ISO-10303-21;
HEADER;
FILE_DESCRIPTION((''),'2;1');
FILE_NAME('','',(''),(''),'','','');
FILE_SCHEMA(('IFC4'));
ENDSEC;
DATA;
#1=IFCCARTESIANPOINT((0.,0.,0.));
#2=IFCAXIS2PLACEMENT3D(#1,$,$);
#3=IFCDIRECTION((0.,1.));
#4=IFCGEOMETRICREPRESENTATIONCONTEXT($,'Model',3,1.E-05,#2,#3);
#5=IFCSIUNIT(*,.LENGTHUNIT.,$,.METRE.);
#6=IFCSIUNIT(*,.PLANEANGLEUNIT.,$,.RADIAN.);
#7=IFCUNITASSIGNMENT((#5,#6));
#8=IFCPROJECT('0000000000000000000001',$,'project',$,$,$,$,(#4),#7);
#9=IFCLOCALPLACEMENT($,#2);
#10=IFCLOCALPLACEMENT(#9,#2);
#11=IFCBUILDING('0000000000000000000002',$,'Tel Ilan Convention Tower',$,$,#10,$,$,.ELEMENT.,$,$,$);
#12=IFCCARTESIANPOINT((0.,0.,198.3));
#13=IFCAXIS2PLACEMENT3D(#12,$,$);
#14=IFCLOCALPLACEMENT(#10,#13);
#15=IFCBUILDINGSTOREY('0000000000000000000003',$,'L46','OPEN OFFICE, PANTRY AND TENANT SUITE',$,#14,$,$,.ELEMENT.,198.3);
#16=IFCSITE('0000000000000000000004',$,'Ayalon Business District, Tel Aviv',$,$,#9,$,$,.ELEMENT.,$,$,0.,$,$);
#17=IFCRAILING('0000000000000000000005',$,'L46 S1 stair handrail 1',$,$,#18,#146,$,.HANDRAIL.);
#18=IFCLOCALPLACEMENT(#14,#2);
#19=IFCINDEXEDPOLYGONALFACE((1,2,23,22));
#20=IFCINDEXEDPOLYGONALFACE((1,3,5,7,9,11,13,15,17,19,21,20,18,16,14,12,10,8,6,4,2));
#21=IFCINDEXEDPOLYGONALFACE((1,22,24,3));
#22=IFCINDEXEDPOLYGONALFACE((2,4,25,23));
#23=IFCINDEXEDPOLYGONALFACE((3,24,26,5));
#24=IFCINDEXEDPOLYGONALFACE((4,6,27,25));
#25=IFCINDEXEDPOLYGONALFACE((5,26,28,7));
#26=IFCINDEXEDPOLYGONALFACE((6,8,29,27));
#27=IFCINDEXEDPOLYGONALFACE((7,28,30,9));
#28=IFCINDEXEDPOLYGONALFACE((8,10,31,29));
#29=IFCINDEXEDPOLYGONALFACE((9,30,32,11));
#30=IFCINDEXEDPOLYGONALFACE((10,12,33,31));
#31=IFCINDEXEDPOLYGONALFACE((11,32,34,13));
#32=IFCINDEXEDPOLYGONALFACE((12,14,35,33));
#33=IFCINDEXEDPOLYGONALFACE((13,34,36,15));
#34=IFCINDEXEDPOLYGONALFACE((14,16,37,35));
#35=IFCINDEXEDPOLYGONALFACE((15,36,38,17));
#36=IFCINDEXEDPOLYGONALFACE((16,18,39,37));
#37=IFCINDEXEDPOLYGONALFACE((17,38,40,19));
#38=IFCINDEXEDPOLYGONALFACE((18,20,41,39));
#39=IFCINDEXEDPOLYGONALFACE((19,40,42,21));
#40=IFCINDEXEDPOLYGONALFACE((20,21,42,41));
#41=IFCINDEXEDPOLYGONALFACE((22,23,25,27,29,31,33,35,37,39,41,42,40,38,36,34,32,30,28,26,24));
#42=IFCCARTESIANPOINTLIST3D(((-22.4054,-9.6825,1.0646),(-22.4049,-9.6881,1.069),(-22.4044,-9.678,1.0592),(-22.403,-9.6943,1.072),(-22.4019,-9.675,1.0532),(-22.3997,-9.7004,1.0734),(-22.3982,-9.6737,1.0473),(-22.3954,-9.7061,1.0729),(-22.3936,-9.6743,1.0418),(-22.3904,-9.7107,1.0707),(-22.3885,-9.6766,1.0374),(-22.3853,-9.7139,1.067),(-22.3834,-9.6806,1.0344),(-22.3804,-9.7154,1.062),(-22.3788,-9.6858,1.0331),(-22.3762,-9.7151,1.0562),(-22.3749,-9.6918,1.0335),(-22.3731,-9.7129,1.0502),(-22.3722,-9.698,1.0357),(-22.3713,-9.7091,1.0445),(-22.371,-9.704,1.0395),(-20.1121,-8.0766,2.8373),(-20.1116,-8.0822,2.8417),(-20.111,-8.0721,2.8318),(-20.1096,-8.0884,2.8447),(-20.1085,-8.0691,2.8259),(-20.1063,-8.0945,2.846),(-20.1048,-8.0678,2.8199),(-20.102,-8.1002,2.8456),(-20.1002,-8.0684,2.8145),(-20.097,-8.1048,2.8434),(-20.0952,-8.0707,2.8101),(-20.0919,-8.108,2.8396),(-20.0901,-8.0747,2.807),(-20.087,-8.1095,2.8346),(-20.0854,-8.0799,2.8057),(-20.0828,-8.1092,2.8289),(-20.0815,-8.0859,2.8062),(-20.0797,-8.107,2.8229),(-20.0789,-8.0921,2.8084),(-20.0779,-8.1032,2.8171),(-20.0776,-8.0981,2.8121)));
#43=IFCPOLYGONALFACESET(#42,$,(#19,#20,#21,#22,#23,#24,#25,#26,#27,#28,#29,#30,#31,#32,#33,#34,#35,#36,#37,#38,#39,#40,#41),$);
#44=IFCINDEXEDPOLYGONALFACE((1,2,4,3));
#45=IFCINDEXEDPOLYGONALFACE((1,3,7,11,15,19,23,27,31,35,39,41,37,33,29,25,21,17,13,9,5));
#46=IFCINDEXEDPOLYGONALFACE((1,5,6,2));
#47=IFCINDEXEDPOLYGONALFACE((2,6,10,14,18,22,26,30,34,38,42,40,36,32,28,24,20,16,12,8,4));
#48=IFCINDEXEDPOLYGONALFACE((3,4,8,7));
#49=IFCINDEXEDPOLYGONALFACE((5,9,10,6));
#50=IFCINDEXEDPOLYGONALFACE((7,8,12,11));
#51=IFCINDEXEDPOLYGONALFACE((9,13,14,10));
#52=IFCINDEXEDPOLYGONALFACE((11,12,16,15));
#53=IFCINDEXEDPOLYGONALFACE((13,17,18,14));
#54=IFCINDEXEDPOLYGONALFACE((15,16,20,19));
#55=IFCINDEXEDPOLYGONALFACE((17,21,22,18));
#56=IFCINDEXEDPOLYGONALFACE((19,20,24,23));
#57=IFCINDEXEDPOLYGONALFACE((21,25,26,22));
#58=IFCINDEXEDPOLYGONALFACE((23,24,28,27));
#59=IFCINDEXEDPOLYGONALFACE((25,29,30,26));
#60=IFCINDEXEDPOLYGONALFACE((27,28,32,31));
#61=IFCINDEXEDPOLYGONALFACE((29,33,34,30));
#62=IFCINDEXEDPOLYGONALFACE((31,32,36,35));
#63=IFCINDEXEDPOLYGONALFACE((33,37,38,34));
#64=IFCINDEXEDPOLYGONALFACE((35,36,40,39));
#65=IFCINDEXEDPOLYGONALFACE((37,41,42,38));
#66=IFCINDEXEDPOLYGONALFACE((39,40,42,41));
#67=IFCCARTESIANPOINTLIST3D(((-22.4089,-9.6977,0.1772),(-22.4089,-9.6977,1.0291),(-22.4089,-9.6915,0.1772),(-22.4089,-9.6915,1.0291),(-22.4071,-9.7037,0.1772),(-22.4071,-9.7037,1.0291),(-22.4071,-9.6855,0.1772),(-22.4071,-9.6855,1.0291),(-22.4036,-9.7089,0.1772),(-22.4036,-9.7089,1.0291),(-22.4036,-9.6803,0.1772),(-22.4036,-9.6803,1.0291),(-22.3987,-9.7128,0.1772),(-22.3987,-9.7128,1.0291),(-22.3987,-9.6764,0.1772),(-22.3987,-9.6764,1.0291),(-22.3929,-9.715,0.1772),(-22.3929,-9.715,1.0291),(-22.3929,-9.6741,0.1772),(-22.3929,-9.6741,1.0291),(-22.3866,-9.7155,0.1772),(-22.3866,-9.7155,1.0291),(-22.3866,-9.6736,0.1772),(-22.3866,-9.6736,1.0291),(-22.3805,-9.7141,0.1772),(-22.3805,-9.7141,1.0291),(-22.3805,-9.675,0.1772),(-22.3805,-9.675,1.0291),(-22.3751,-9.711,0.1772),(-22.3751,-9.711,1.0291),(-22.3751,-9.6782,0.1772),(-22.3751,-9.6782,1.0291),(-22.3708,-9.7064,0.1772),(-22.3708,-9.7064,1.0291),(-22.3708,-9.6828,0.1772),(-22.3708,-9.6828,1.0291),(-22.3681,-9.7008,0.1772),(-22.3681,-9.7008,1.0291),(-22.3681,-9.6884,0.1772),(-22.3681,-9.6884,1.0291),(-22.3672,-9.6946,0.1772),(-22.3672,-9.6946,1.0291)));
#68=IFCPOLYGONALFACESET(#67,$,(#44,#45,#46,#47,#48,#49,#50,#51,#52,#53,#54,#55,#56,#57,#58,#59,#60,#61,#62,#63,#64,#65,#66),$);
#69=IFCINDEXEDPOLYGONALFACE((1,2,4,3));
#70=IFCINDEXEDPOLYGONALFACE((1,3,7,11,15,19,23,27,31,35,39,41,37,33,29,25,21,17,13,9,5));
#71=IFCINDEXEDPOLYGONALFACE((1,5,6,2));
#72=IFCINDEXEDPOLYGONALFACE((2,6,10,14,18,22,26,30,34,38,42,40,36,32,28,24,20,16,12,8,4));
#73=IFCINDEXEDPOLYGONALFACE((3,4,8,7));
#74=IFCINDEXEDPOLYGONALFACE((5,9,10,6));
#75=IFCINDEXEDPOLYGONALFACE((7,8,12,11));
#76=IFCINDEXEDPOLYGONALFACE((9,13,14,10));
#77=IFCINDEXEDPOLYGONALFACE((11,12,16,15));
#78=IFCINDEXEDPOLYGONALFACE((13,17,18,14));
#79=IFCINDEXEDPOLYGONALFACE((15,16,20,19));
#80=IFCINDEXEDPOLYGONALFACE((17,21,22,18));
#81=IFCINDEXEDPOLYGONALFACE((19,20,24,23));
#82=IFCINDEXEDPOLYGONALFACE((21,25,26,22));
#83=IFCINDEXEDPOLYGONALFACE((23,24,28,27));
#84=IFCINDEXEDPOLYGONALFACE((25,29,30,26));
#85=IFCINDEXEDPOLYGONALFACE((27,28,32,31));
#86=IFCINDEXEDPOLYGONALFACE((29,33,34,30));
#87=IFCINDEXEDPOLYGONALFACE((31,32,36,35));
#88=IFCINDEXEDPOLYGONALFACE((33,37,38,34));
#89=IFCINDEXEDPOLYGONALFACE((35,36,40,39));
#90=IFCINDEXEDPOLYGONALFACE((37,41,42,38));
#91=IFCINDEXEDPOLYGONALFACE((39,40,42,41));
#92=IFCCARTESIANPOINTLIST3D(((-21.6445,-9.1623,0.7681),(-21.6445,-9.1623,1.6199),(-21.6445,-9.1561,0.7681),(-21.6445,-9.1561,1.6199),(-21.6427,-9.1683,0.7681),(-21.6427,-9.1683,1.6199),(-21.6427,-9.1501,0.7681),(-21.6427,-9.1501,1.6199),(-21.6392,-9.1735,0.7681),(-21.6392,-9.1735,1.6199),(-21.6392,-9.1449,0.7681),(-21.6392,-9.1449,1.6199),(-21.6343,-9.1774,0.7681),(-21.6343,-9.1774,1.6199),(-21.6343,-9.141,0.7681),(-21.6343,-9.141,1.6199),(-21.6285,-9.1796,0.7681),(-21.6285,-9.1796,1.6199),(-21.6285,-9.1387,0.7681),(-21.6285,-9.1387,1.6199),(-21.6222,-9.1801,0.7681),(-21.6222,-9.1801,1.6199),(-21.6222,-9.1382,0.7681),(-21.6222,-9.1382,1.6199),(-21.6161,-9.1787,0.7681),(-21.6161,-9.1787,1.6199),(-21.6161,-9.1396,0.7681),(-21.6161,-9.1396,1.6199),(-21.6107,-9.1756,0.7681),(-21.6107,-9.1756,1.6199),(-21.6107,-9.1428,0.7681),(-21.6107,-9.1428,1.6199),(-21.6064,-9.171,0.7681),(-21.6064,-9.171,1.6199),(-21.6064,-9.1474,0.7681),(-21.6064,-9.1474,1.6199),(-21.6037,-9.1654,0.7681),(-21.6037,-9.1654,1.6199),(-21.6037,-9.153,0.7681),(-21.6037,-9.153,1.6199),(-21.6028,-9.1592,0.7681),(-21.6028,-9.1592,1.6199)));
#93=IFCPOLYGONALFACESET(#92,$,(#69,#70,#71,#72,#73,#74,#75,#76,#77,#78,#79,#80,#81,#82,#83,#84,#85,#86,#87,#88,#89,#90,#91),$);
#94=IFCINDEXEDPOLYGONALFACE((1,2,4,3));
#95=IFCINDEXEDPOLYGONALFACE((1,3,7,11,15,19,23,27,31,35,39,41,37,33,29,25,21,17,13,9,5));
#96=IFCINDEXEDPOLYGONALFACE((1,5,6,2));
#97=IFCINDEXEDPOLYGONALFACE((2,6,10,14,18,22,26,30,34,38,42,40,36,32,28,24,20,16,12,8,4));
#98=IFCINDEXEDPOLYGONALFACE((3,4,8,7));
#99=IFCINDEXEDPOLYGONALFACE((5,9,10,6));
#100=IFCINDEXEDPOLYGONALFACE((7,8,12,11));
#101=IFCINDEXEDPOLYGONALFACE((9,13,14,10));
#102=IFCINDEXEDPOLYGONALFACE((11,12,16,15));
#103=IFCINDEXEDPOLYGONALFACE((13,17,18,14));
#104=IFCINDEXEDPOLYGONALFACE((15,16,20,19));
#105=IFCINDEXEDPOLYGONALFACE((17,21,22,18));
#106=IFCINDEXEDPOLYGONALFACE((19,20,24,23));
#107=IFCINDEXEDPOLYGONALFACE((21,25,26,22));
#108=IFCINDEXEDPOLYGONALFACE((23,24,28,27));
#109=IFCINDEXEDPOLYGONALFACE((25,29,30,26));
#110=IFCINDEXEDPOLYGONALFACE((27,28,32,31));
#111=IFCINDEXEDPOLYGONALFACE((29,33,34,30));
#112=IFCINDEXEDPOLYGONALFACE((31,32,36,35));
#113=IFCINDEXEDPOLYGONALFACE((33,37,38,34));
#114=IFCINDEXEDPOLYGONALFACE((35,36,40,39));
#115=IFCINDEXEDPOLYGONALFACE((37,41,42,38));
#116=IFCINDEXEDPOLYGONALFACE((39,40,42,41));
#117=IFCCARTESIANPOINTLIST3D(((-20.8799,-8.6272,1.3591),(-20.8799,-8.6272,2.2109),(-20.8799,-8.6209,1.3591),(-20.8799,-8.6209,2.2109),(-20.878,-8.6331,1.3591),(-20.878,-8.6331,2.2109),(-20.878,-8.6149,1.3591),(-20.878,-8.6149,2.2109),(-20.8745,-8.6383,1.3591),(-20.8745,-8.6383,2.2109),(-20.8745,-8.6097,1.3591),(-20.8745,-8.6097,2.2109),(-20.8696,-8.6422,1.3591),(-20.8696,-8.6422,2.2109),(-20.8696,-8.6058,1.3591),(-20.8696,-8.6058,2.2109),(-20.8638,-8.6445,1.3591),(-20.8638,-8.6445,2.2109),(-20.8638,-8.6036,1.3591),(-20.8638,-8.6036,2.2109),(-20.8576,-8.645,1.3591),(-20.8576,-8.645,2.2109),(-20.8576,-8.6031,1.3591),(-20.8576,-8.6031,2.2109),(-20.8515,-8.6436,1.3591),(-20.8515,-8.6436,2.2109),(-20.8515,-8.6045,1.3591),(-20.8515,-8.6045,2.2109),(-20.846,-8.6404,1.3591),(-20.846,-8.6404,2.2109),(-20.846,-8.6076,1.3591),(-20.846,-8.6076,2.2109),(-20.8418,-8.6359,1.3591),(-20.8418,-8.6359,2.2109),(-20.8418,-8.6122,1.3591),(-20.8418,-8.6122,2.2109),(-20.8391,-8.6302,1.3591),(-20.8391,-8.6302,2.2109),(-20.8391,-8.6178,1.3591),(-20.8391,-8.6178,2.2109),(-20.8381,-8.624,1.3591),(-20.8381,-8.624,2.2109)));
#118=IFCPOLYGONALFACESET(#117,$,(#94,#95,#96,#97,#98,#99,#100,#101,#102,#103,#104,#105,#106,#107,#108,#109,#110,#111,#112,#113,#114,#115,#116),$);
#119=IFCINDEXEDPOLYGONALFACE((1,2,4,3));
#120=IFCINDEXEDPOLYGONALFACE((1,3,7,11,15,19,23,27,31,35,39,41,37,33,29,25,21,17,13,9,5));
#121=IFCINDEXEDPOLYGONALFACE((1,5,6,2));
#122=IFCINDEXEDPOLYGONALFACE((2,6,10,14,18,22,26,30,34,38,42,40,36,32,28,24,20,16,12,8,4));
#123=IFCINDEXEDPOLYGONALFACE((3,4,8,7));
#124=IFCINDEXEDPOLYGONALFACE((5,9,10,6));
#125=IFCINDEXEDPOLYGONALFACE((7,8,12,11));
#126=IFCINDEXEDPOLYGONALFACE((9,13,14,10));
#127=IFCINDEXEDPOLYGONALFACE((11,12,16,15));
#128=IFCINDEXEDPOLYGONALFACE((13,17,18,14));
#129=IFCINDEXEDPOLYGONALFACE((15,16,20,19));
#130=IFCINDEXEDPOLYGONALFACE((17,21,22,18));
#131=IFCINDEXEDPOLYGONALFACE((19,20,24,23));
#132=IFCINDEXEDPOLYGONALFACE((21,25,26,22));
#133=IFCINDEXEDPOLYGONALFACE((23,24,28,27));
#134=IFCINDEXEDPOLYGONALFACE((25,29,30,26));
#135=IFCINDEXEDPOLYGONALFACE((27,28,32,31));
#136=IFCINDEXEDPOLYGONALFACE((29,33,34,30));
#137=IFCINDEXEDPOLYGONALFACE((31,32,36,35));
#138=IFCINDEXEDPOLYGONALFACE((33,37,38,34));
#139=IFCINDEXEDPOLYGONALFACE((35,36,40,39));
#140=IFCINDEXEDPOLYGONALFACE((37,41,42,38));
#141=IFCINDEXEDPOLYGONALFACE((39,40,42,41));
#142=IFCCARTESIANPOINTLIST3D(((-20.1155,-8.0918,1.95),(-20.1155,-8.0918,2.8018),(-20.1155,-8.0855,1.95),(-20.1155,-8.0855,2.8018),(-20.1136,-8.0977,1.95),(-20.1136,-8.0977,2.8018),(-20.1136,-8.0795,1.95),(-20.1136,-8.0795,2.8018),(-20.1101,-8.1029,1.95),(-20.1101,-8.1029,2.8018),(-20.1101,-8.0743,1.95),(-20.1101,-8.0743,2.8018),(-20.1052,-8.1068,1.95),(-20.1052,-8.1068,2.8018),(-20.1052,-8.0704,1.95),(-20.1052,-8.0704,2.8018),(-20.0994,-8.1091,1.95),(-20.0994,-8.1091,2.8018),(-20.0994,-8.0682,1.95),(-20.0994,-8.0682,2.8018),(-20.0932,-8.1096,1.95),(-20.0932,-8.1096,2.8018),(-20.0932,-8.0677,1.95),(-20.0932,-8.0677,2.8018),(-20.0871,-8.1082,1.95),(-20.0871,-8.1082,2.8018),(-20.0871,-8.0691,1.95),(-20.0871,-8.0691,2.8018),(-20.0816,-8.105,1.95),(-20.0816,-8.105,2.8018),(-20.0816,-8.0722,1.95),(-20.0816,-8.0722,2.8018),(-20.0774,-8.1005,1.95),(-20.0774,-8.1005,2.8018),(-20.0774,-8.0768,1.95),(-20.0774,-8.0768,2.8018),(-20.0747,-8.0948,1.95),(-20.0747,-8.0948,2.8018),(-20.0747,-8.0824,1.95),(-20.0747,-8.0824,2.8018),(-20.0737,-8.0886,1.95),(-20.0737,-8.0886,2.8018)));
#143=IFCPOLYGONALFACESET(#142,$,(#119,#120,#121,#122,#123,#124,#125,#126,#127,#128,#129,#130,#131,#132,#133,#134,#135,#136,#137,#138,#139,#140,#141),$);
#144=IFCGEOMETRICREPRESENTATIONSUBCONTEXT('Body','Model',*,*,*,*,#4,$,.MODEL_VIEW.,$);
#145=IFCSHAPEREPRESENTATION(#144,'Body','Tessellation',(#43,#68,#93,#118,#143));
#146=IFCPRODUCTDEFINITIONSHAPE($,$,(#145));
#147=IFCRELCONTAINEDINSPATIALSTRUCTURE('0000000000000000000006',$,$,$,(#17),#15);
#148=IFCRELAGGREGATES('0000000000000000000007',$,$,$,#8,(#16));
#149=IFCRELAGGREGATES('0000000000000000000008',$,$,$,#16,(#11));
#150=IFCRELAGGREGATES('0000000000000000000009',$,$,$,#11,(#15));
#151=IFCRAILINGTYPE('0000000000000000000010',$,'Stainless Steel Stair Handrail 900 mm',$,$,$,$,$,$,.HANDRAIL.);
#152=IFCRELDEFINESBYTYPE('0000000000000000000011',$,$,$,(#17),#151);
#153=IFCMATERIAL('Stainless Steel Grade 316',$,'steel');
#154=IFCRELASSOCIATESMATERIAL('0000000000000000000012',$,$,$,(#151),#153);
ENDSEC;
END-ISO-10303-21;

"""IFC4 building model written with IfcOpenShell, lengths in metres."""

from ifc_helpers import new_model, si_unit, direction, frame, origin, origin_2d, place, context, subcontext, project, spatial, circle, extrude, material, type_object, element, save


model = new_model("IFC4")

# Units and contexts
model_context = context("Model", 3, precision=1e-05, world=origin(), true_north=direction((0.0, 1.0)))
body_context = subcontext(model_context, "Body", "Model", "MODEL_VIEW")
ifc_project = project(units=[si_unit("LENGTHUNIT", "METRE"), si_unit("PLANEANGLEUNIT", "RADIAN")], contexts=[model_context])

# Site, building, storey
site_placement = place(None, origin())
site = spatial("IfcSite", under=ifc_project, at=site_placement, Name="Ayalon Business District, Tel Aviv", CompositionType="ELEMENT", RefElevation=0.0)
building_placement = place(site_placement, origin())
building = spatial("IfcBuilding", under=site, at=building_placement, Name="Tel Ilan Convention Tower", CompositionType="ELEMENT")
storey_placement = place(building_placement, frame((0.0, 0.0, 198.3)))
storey = spatial("IfcBuildingStorey", under=building, at=storey_placement, Name="L46", Description="OPEN OFFICE, PANTRY AND TENANT SUITE", CompositionType="ELEMENT", Elevation=198.3)

# Railing
ifc_material_1 = material(Name="Stainless Steel Grade 316", Category="steel")
railing_type_1 = type_object("IfcRailingType", Name="Stainless Steel Stair Handrail 900 mm", PredefinedType="HANDRAIL", material=ifc_material_1)
railing_1_placement = place(storey_placement, frame((-22.3882, -9.6946, 0.1772)))
element("IfcRailing", 1, at=railing_1_placement, inside=storey, type_object=railing_type_1, Name="L46 S1 stair handrail 1", PredefinedType="HANDRAIL", context=body_context, shape_type="SweptSolid", body=[
    extrude(circle(Radius=0.0239, at=origin_2d()), frame((0.0, 0.0, 0.876), z_axis=(0.692085, 0.484621, 0.53494), x_axis=(-0.573591, 0.819142, 0.0)), (0.0, 0.0, 1.0), 3.3137),
    extrude(circle(Radius=0.021, at=origin_2d()), origin(), (0.0, 0.0, 1.0), 0.8518),
    extrude(circle(Radius=0.021, at=origin_2d()), frame((0.7644, 0.5354, 0.5908)), (0.0, 0.0, 1.0), 0.8518),
    extrude(circle(Radius=0.021, at=origin_2d()), frame((1.5291, 1.0706, 1.1819)), (0.0, 0.0, 1.0), 0.8518),
    extrude(circle(Radius=0.021, at=origin_2d()), frame((2.2935, 1.606, 1.7727)), (0.0, 0.0, 1.0), 0.8518),
])

save(model, "model.ifc")
